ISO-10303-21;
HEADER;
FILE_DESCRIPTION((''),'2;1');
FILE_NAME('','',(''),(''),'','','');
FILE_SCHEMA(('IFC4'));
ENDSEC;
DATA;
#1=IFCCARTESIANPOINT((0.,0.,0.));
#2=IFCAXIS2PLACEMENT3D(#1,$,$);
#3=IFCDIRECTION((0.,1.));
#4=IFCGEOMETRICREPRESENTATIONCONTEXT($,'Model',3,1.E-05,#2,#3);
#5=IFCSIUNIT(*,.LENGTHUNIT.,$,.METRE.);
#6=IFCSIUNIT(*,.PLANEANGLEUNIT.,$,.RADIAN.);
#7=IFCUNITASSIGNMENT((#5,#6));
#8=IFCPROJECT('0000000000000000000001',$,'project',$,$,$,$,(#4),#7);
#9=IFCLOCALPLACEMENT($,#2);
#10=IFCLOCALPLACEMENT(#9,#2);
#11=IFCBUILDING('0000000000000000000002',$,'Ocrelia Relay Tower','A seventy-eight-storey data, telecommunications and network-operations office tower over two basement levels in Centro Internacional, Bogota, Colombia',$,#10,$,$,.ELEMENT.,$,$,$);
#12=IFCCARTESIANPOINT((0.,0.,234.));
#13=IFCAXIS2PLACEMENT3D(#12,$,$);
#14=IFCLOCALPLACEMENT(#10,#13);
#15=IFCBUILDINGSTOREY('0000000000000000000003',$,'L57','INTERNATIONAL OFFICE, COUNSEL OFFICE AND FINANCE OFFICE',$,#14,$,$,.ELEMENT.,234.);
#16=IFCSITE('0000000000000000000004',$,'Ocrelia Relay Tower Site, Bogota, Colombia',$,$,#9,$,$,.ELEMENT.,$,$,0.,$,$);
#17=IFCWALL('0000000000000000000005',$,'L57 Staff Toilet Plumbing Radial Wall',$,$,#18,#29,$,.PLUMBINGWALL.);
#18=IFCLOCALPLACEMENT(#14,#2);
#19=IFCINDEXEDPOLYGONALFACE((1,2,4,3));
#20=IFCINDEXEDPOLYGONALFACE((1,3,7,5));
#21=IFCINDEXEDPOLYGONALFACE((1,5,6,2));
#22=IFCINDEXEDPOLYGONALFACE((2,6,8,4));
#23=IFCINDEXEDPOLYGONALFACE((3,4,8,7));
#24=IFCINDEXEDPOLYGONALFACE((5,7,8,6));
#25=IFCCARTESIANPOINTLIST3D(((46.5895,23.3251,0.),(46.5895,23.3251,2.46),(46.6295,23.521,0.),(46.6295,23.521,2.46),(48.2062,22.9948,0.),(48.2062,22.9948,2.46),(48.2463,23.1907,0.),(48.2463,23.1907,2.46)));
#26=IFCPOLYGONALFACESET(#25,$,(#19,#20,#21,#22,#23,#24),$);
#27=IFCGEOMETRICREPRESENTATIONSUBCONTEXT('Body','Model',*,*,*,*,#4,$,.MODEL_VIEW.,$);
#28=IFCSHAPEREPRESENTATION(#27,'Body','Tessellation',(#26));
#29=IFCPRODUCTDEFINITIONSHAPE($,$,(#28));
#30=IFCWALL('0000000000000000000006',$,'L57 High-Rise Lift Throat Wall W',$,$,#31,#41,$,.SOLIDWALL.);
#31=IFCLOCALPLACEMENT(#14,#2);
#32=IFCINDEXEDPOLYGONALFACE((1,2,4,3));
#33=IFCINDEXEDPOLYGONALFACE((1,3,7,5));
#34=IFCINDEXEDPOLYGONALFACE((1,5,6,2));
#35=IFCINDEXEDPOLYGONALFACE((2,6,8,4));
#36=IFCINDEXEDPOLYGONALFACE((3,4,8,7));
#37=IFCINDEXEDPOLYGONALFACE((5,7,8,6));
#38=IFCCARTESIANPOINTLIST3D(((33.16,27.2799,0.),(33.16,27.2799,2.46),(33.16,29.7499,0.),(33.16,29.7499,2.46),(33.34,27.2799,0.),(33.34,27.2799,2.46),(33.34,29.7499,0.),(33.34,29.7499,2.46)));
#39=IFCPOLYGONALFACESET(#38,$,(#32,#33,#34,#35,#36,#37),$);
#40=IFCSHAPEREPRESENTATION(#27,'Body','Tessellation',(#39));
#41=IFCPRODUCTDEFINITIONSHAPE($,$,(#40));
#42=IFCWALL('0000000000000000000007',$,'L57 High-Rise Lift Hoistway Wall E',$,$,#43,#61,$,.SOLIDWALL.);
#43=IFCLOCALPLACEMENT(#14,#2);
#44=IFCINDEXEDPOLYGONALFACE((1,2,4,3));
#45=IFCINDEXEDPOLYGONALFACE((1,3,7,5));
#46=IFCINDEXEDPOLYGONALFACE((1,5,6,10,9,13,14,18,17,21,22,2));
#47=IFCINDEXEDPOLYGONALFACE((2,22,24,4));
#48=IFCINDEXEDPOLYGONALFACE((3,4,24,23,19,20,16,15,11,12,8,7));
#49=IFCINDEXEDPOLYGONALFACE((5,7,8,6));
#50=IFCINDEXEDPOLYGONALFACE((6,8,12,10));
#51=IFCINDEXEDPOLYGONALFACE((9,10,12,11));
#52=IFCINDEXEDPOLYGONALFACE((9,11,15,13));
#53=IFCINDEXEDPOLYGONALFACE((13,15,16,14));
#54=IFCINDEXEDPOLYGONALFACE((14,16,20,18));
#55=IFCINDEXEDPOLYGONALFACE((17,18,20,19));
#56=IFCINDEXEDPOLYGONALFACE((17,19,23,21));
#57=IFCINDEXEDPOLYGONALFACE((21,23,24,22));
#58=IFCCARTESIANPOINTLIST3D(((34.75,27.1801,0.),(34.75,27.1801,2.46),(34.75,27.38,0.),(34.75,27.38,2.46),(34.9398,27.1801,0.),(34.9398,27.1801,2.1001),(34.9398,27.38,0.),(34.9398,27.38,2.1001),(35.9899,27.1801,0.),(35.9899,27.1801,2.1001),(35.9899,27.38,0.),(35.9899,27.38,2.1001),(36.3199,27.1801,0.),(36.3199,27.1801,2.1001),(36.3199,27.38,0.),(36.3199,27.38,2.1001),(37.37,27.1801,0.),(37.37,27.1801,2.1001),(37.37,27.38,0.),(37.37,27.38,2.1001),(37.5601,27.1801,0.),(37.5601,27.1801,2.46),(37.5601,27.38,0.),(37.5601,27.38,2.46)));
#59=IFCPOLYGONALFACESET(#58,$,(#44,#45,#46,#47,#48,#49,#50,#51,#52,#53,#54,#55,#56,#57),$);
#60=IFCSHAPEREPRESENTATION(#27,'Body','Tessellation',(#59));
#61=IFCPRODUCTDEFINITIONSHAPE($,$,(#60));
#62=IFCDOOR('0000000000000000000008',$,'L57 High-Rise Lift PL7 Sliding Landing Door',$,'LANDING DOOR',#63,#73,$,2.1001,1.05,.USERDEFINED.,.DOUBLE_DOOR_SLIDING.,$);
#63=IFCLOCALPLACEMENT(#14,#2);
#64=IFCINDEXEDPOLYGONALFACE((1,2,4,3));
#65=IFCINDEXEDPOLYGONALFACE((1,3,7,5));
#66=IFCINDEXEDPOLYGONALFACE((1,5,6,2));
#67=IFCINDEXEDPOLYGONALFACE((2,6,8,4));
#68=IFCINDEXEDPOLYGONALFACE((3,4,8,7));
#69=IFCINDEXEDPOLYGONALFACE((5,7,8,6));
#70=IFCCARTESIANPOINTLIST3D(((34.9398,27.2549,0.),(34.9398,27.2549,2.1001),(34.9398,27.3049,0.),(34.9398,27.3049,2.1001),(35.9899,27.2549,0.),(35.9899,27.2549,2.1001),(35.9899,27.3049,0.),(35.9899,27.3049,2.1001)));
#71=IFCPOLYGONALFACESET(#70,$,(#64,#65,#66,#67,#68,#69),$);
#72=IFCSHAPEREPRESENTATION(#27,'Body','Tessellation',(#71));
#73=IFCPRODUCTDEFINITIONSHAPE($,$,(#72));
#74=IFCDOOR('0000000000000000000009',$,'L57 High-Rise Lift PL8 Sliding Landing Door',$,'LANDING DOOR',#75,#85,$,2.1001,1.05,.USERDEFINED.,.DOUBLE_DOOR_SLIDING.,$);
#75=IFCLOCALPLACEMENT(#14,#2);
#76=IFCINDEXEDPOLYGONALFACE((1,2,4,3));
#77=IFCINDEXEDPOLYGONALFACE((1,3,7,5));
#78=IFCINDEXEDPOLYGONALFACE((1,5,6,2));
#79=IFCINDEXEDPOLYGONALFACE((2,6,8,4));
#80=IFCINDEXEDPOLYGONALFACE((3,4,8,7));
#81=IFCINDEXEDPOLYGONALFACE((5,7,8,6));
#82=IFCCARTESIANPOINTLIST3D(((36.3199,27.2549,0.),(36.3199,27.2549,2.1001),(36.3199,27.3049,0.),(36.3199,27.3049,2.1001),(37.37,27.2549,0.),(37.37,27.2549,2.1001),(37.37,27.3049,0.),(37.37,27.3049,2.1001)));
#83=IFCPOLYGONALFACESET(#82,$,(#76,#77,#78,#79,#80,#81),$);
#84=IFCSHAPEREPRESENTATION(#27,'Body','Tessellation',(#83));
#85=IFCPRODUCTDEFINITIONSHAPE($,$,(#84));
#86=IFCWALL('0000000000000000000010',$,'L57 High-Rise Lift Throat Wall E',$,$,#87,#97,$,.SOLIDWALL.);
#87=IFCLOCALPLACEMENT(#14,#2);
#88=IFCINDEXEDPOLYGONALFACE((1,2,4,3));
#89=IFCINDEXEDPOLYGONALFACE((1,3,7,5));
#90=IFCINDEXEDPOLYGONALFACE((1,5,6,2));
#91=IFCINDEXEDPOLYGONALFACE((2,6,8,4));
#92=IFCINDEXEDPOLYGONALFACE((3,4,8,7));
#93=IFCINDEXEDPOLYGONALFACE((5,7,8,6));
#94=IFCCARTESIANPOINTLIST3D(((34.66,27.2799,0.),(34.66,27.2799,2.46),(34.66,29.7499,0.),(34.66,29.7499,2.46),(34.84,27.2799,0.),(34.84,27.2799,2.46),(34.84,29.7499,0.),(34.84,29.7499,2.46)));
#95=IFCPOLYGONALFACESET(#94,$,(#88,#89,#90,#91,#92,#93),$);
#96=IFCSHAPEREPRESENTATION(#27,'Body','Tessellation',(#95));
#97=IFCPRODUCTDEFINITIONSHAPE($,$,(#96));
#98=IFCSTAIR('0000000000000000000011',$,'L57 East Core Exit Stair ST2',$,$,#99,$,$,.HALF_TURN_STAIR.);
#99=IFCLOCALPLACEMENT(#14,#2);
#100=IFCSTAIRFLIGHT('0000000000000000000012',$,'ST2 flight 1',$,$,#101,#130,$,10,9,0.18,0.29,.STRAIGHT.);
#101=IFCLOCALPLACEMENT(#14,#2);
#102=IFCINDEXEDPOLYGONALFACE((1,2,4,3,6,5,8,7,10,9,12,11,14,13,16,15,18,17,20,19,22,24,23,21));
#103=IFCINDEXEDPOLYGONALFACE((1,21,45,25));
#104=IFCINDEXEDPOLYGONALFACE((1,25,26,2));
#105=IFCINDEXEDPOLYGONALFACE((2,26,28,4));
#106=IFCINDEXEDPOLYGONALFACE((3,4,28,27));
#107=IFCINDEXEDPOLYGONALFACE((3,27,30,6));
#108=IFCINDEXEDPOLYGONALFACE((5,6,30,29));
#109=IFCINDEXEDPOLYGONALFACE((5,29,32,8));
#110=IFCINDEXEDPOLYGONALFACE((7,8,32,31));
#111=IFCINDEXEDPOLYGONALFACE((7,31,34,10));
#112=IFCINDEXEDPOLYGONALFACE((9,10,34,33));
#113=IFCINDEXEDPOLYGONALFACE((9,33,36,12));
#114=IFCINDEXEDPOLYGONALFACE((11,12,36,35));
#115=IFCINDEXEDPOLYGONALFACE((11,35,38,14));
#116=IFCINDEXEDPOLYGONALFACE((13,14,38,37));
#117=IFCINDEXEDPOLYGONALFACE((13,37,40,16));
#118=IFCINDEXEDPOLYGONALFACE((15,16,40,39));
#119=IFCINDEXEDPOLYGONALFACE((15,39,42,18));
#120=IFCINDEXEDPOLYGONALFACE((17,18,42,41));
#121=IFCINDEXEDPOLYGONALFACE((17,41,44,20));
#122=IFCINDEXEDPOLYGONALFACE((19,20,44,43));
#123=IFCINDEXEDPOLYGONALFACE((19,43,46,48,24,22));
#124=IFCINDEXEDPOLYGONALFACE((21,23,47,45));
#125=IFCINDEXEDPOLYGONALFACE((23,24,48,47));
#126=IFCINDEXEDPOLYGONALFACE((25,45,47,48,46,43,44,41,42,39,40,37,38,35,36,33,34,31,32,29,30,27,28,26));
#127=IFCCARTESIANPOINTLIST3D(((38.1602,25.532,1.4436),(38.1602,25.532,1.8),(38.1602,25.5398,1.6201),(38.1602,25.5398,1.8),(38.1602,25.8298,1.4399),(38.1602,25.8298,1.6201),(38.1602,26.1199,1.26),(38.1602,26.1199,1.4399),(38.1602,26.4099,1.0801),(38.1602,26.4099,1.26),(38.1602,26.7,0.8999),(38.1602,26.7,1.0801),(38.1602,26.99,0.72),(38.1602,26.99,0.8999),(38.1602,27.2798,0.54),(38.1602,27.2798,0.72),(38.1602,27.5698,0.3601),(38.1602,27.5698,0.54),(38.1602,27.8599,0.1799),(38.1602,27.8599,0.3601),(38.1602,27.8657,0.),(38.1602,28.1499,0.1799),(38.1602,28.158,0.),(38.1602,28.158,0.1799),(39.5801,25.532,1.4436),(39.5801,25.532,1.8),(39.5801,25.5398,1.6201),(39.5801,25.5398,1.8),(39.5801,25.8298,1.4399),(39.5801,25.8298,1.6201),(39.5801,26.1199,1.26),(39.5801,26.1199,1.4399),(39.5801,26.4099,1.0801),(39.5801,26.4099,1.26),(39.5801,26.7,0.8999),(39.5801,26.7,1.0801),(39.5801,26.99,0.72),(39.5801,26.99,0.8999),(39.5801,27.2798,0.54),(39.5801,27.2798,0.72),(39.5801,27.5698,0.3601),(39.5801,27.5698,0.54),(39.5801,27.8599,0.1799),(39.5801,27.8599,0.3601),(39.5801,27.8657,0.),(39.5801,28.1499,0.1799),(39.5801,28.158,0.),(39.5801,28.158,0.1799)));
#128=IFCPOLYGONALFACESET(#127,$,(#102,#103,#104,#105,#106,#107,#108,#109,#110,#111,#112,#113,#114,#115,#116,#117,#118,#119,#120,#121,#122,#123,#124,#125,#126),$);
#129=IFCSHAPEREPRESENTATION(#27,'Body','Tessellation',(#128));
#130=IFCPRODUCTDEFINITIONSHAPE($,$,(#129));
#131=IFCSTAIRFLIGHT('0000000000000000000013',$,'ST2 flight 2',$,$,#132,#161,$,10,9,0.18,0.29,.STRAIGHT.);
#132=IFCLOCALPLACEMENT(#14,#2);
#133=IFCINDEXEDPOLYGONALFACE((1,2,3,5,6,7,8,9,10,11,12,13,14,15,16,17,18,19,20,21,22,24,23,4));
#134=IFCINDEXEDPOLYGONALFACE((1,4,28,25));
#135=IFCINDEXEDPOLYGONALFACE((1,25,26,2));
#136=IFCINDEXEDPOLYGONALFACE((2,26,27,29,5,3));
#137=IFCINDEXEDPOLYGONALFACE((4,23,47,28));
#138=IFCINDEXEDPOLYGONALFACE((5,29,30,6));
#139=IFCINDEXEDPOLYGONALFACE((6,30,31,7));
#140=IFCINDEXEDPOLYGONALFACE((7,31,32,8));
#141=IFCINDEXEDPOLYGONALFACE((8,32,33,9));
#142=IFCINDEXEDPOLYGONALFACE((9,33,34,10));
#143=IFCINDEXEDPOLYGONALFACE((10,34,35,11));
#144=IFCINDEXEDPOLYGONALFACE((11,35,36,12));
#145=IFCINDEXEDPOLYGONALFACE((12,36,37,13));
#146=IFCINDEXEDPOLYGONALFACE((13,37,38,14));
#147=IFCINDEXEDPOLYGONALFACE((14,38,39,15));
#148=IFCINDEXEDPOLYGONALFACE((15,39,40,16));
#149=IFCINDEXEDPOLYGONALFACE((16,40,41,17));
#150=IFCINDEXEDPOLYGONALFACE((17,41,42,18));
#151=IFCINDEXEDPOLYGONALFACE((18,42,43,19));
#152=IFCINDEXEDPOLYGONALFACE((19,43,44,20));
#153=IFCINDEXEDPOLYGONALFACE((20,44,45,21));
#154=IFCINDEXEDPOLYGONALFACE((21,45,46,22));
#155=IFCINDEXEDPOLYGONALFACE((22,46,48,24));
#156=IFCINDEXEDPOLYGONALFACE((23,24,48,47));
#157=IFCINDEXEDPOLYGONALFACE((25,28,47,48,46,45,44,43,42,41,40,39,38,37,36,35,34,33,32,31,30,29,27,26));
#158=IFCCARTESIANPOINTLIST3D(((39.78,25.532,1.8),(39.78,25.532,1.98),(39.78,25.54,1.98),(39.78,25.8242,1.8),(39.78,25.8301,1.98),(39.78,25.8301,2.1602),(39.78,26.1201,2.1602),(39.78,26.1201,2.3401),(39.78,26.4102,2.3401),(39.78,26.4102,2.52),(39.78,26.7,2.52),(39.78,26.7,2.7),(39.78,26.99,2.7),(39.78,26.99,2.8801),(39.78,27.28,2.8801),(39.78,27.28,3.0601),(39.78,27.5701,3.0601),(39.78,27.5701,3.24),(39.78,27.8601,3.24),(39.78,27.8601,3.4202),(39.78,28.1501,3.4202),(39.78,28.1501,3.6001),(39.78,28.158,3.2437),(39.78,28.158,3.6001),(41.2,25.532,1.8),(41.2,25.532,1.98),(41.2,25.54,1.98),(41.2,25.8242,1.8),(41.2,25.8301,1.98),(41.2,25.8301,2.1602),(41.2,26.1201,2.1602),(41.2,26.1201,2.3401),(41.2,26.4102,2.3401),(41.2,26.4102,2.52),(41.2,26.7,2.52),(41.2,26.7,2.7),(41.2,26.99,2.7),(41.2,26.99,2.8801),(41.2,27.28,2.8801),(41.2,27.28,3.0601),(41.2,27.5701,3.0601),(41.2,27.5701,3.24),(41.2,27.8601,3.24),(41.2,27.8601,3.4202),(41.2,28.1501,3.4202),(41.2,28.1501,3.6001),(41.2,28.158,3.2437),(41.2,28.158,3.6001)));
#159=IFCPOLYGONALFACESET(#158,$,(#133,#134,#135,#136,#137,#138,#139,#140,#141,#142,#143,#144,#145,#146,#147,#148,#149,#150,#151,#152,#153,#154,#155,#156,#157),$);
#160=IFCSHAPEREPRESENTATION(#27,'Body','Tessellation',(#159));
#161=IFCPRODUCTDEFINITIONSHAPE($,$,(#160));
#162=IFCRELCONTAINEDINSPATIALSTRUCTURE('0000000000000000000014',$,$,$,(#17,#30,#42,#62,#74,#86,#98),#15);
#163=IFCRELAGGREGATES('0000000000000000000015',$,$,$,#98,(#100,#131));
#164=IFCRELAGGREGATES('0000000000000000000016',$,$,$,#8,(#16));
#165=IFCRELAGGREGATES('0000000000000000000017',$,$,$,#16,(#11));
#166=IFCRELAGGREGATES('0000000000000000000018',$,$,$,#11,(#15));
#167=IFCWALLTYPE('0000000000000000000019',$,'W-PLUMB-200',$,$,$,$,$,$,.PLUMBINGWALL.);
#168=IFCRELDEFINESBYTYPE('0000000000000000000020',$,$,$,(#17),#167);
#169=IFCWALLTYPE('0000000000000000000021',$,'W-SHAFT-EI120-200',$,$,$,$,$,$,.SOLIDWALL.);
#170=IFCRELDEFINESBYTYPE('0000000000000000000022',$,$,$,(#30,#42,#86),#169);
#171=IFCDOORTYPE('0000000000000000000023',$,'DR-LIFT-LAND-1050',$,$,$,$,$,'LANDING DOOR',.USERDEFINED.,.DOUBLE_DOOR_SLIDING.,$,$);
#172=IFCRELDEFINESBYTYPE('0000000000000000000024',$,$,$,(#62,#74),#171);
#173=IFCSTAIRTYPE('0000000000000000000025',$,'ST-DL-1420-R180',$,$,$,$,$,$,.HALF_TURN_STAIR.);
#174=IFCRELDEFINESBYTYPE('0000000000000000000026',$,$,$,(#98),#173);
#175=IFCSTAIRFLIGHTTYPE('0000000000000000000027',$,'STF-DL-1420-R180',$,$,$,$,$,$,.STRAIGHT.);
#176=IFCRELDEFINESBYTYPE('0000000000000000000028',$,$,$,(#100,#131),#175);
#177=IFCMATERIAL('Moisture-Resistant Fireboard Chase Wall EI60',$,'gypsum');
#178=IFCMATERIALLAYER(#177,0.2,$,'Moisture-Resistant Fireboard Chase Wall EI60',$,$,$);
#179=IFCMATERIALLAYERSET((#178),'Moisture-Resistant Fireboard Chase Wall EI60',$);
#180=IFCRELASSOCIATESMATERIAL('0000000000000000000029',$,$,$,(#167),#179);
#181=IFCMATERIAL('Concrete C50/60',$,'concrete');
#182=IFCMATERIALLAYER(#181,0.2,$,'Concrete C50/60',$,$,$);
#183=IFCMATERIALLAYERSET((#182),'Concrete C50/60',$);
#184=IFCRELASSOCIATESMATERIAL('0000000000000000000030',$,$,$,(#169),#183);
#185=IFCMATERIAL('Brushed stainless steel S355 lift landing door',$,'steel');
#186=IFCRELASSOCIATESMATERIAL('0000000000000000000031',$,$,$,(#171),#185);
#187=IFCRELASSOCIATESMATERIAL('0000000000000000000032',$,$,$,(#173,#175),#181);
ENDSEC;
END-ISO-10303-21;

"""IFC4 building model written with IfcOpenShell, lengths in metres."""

from ifc_helpers import new_model, si_unit, direction, frame, frame_2d, origin, place, context, subcontext, project, spatial, polyline, rectangle, outline, extrude, material, layer, layer_set, type_object, element, fill, aggregate, save


model = new_model("IFC4")

# Units and contexts
model_context = context("Model", 3, precision=1e-05, world=origin(), true_north=direction((0.0, 1.0)))
body_context = subcontext(model_context, "Body", "Model", "MODEL_VIEW")
ifc_project = project(units=[si_unit("LENGTHUNIT", "METRE"), si_unit("PLANEANGLEUNIT", "RADIAN")], contexts=[model_context])

# Site, building, storey
site_placement = place(None, origin())
site = spatial("IfcSite", under=ifc_project, at=site_placement, Name="Ocrelia Relay Tower Site, Bogota, Colombia", CompositionType="ELEMENT", RefElevation=0.0)
building_placement = place(site_placement, origin())
building = spatial("IfcBuilding", under=site, at=building_placement, Name="Ocrelia Relay Tower", Description="A seventy-eight-storey data, telecommunications and network-operations office tower over two basement levels in Centro Internacional, Bogota, Colombia", CompositionType="ELEMENT")
storey_placement = place(building_placement, frame((0.0, 0.0, 234.0)))
storey = spatial("IfcBuildingStorey", under=building, at=storey_placement, Name="L57", Description="INTERNATIONAL OFFICE, COUNSEL OFFICE AND FINANCE OFFICE", CompositionType="ELEMENT", Elevation=234.0)

# Shared definitions
ifc_material_1 = material(Name="Concrete C50/60", Category="concrete")

# Walls
ifc_material_2 = material(Name="Moisture-Resistant Fireboard Chase Wall EI60", Category="gypsum")
ifc_layer_1 = layer(ifc_material_2, 0.2, Name="Moisture-Resistant Fireboard Chase Wall EI60")
ifc_layer_set_1 = layer_set([ifc_layer_1], Name="Moisture-Resistant Fireboard Chase Wall EI60")
wall_type_1 = type_object("IfcWallType", Name="W-PLUMB-200", PredefinedType="PLUMBINGWALL", material=ifc_layer_set_1)
wall_1_placement = place(storey_placement, frame((46.6094, 23.4231, 0.0), z_axis=(0.0, 0.0, 1.0), x_axis=(0.979758, -0.200183, 0.0)))
element("IfcWall", 1, at=wall_1_placement, inside=storey, type_object=wall_type_1, Name="L57 Staff Toilet Plumbing Radial Wall", PredefinedType="PLUMBINGWALL", context=body_context, shape_type="SweptSolid", body=[
    extrude(rectangle(XDim=1.6501, YDim=0.2, at=frame_2d((0.8252, 0.0))), origin(), (0.0, 0.0, 1.0), 2.46),
])
ifc_layer_2 = layer(ifc_material_1, 0.2, Name="Concrete C50/60")
ifc_layer_set_2 = layer_set([ifc_layer_2], Name="Concrete C50/60")
wall_type_2 = type_object("IfcWallType", Name="W-SHAFT-EI120-200", PredefinedType="SOLIDWALL", material=ifc_layer_set_2)
wall_2_placement = place(storey_placement, frame((33.25, 27.28, 0.0), z_axis=(0.0, 0.0, 1.0), x_axis=(0.0, 1.0, 0.0)))
element("IfcWall", 2, at=wall_2_placement, inside=storey, type_object=wall_type_2, Name="L57 High-Rise Lift Throat Wall W", PredefinedType="SOLIDWALL", context=body_context, shape_type="SweptSolid", body=[
    extrude(rectangle(XDim=2.47, YDim=0.1799, at=frame_2d((1.2349, 0.0))), origin(), (0.0, 0.0, 1.0), 2.46),
])

# Wall, openings, doors
wall_3_placement = place(storey_placement, frame((34.75, 27.28, 0.0), z_axis=(0.0, 0.0, 1.0), x_axis=(1.0, 0.0, 0.0)))
wall_3 = element("IfcWall", 3, at=wall_3_placement, inside=storey, type_object=wall_type_2, Name="L57 High-Rise Lift Hoistway Wall E", PredefinedType="SOLIDWALL", context=body_context, shape_type="SweptSolid", body=[
    extrude(rectangle(XDim=2.8101, YDim=0.2, at=frame_2d((1.405, 0.0))), origin(), (0.0, 0.0, 1.0), 2.46),
])
opening_1_placement = place(wall_3_placement, frame((0.1899, 0.0, 0.0)))
opening_1 = element("IfcOpeningElement", 4, at=opening_1_placement, cuts=wall_3, PredefinedType="OPENING", context=body_context, shape_type="SweptSolid", body=[
    extrude(rectangle(XDim=1.05, YDim=2.1001, at=frame_2d((0.5249, 1.05))), frame((0.0, 0.1099, 0.0), z_axis=(0.0, -1.0, 0.0), x_axis=(1.0, 0.0, 0.0)), (0.0, 0.0, 1.0), 0.22),
])
opening_2_placement = place(wall_3_placement, frame((1.5701, 0.0, 0.0)))
opening_2 = element("IfcOpeningElement", 5, at=opening_2_placement, cuts=wall_3, PredefinedType="OPENING", context=body_context, shape_type="SweptSolid", body=[
    extrude(rectangle(XDim=1.05, YDim=2.1001, at=frame_2d((0.5249, 1.05))), frame((0.0, 0.1099, 0.0), z_axis=(0.0, -1.0, 0.0), x_axis=(1.0, 0.0, 0.0)), (0.0, 0.0, 1.0), 0.22),
])
ifc_material_3 = material(Name="Brushed stainless steel S355 lift landing door", Category="steel")
door_type_1 = type_object("IfcDoorType", Name="DR-LIFT-LAND-1050", ElementType="LANDING DOOR", OperationType="DOUBLE_DOOR_SLIDING", PredefinedType="USERDEFINED", material=ifc_material_3)
door_1_placement = place(opening_1_placement, origin())
door_1 = element("IfcDoor", 6, at=door_1_placement, inside=storey, type_object=door_type_1, Name="L57 High-Rise Lift PL7 Sliding Landing Door", ObjectType="LANDING DOOR", OperationType="DOUBLE_DOOR_SLIDING", OverallHeight=2.1001, OverallWidth=1.05, PredefinedType="USERDEFINED", context=body_context, shape_type="SweptSolid", body=[
    extrude(rectangle(XDim=1.05, YDim=2.1001, at=frame_2d((0.5249, 1.05))), frame((0.0, 0.0249, 0.0), z_axis=(0.0, -1.0, 0.0), x_axis=(1.0, 0.0, 0.0)), (0.0, 0.0, 1.0), 0.05),
])
fill(opening_1, door_1)
door_2_placement = place(opening_2_placement, origin())
door_2 = element("IfcDoor", 7, at=door_2_placement, inside=storey, type_object=door_type_1, Name="L57 High-Rise Lift PL8 Sliding Landing Door", ObjectType="LANDING DOOR", OperationType="DOUBLE_DOOR_SLIDING", OverallHeight=2.1001, OverallWidth=1.05, PredefinedType="USERDEFINED", context=body_context, shape_type="SweptSolid", body=[
    extrude(rectangle(XDim=1.05, YDim=2.1001, at=frame_2d((0.5249, 1.05))), frame((0.0, 0.0249, 0.0), z_axis=(0.0, -1.0, 0.0), x_axis=(1.0, 0.0, 0.0)), (0.0, 0.0, 1.0), 0.05),
])
fill(opening_2, door_2)

# Wall
wall_4_placement = place(storey_placement, frame((34.75, 27.28, 0.0), z_axis=(0.0, 0.0, 1.0), x_axis=(0.0, 1.0, 0.0)))
element("IfcWall", 8, at=wall_4_placement, inside=storey, type_object=wall_type_2, Name="L57 High-Rise Lift Throat Wall E", PredefinedType="SOLIDWALL", context=body_context, shape_type="SweptSolid", body=[
    extrude(rectangle(XDim=2.47, YDim=0.1799, at=frame_2d((1.2349, 0.0))), origin(), (0.0, 0.0, 1.0), 2.46),
])

# Stair, stair flights
stair_type = type_object("IfcStairType", Name="ST-DL-1420-R180", PredefinedType="HALF_TURN_STAIR", material=ifc_material_1)
stair_placement = place(storey_placement, origin())
stair = element("IfcStair", 9, at=stair_placement, inside=storey, type_object=stair_type, Name="L57 East Core Exit Stair ST2", PredefinedType="HALF_TURN_STAIR")
stair_flight_type = type_object("IfcStairFlightType", Name="STF-DL-1420-R180", PredefinedType="STRAIGHT", material=ifc_material_1)
stair_flight_1_placement = place(storey_placement, frame((38.8701, 28.1499, 0.0), z_axis=(0.0, 0.0, 1.0), x_axis=(0.0, -1.0, 0.0)))
stair_flight_1 = element("IfcStairFlight", 10, at=stair_flight_1_placement, type_object=stair_flight_type, Name="ST2 flight 1", NumberOfRisers=10, NumberOfTreads=9, PredefinedType="STRAIGHT", RiserHeight=0.18, TreadLength=0.29, context=body_context, shape_type="SweptSolid", body=[
    extrude(outline(polyline([(-0.0081, 0.0), (-0.0081, 0.1799), (0.0, 0.1799), (0.29, 0.1799), (0.29, 0.3601), (0.5801, 0.3601), (0.5801, 0.54), (0.8701, 0.54), (0.8701, 0.72), (1.1599, 0.72), (1.1599, 0.8999), (1.45, 0.8999), (1.45, 1.0801), (1.74, 1.0801), (1.74, 1.26), (2.03, 1.26), (2.03, 1.4399), (2.3201, 1.4399), (2.3201, 1.6201), (2.6101, 1.6201), (2.6101, 1.8), (2.6179, 1.8), (2.6179, 1.4436), (0.2842, 0.0), (-0.0081, 0.0)])), frame((0.0, 0.71, 0.0), z_axis=(0.0, -1.0, 0.0), x_axis=(1.0, 0.0, 0.0)), (0.0, 0.0, 1.0), 1.4199),
])
stair_flight_2_placement = place(storey_placement, frame((40.49, 25.54, 1.8), z_axis=(0.0, 0.0, 1.0), x_axis=(0.0, 1.0, 0.0)))
stair_flight_2 = element("IfcStairFlight", 11, at=stair_flight_2_placement, type_object=stair_flight_type, Name="ST2 flight 2", NumberOfRisers=10, NumberOfTreads=9, PredefinedType="STRAIGHT", RiserHeight=0.18, TreadLength=0.29, context=body_context, shape_type="SweptSolid", body=[
    extrude(outline(polyline([(-0.0081, 0.0), (-0.0081, 0.1799), (0.0, 0.1799), (0.29, 0.1799), (0.29, 0.3601), (0.5801, 0.3601), (0.5801, 0.54), (0.8701, 0.54), (0.8701, 0.72), (1.1599, 0.72), (1.1599, 0.8999), (1.45, 0.8999), (1.45, 1.0801), (1.74, 1.0801), (1.74, 1.26), (2.03, 1.26), (2.03, 1.4399), (2.3201, 1.4399), (2.3201, 1.6201), (2.6101, 1.6201), (2.6101, 1.8), (2.6179, 1.8), (2.6179, 1.4436), (0.2842, 0.0), (-0.0081, 0.0)])), frame((0.0, 0.71, 0.0), z_axis=(0.0, -1.0, 0.0), x_axis=(1.0, 0.0, 0.0)), (0.0, 0.0, 1.0), 1.4199),
])
aggregate(stair, [stair_flight_1, stair_flight_2])

save(model, "model.ifc")
